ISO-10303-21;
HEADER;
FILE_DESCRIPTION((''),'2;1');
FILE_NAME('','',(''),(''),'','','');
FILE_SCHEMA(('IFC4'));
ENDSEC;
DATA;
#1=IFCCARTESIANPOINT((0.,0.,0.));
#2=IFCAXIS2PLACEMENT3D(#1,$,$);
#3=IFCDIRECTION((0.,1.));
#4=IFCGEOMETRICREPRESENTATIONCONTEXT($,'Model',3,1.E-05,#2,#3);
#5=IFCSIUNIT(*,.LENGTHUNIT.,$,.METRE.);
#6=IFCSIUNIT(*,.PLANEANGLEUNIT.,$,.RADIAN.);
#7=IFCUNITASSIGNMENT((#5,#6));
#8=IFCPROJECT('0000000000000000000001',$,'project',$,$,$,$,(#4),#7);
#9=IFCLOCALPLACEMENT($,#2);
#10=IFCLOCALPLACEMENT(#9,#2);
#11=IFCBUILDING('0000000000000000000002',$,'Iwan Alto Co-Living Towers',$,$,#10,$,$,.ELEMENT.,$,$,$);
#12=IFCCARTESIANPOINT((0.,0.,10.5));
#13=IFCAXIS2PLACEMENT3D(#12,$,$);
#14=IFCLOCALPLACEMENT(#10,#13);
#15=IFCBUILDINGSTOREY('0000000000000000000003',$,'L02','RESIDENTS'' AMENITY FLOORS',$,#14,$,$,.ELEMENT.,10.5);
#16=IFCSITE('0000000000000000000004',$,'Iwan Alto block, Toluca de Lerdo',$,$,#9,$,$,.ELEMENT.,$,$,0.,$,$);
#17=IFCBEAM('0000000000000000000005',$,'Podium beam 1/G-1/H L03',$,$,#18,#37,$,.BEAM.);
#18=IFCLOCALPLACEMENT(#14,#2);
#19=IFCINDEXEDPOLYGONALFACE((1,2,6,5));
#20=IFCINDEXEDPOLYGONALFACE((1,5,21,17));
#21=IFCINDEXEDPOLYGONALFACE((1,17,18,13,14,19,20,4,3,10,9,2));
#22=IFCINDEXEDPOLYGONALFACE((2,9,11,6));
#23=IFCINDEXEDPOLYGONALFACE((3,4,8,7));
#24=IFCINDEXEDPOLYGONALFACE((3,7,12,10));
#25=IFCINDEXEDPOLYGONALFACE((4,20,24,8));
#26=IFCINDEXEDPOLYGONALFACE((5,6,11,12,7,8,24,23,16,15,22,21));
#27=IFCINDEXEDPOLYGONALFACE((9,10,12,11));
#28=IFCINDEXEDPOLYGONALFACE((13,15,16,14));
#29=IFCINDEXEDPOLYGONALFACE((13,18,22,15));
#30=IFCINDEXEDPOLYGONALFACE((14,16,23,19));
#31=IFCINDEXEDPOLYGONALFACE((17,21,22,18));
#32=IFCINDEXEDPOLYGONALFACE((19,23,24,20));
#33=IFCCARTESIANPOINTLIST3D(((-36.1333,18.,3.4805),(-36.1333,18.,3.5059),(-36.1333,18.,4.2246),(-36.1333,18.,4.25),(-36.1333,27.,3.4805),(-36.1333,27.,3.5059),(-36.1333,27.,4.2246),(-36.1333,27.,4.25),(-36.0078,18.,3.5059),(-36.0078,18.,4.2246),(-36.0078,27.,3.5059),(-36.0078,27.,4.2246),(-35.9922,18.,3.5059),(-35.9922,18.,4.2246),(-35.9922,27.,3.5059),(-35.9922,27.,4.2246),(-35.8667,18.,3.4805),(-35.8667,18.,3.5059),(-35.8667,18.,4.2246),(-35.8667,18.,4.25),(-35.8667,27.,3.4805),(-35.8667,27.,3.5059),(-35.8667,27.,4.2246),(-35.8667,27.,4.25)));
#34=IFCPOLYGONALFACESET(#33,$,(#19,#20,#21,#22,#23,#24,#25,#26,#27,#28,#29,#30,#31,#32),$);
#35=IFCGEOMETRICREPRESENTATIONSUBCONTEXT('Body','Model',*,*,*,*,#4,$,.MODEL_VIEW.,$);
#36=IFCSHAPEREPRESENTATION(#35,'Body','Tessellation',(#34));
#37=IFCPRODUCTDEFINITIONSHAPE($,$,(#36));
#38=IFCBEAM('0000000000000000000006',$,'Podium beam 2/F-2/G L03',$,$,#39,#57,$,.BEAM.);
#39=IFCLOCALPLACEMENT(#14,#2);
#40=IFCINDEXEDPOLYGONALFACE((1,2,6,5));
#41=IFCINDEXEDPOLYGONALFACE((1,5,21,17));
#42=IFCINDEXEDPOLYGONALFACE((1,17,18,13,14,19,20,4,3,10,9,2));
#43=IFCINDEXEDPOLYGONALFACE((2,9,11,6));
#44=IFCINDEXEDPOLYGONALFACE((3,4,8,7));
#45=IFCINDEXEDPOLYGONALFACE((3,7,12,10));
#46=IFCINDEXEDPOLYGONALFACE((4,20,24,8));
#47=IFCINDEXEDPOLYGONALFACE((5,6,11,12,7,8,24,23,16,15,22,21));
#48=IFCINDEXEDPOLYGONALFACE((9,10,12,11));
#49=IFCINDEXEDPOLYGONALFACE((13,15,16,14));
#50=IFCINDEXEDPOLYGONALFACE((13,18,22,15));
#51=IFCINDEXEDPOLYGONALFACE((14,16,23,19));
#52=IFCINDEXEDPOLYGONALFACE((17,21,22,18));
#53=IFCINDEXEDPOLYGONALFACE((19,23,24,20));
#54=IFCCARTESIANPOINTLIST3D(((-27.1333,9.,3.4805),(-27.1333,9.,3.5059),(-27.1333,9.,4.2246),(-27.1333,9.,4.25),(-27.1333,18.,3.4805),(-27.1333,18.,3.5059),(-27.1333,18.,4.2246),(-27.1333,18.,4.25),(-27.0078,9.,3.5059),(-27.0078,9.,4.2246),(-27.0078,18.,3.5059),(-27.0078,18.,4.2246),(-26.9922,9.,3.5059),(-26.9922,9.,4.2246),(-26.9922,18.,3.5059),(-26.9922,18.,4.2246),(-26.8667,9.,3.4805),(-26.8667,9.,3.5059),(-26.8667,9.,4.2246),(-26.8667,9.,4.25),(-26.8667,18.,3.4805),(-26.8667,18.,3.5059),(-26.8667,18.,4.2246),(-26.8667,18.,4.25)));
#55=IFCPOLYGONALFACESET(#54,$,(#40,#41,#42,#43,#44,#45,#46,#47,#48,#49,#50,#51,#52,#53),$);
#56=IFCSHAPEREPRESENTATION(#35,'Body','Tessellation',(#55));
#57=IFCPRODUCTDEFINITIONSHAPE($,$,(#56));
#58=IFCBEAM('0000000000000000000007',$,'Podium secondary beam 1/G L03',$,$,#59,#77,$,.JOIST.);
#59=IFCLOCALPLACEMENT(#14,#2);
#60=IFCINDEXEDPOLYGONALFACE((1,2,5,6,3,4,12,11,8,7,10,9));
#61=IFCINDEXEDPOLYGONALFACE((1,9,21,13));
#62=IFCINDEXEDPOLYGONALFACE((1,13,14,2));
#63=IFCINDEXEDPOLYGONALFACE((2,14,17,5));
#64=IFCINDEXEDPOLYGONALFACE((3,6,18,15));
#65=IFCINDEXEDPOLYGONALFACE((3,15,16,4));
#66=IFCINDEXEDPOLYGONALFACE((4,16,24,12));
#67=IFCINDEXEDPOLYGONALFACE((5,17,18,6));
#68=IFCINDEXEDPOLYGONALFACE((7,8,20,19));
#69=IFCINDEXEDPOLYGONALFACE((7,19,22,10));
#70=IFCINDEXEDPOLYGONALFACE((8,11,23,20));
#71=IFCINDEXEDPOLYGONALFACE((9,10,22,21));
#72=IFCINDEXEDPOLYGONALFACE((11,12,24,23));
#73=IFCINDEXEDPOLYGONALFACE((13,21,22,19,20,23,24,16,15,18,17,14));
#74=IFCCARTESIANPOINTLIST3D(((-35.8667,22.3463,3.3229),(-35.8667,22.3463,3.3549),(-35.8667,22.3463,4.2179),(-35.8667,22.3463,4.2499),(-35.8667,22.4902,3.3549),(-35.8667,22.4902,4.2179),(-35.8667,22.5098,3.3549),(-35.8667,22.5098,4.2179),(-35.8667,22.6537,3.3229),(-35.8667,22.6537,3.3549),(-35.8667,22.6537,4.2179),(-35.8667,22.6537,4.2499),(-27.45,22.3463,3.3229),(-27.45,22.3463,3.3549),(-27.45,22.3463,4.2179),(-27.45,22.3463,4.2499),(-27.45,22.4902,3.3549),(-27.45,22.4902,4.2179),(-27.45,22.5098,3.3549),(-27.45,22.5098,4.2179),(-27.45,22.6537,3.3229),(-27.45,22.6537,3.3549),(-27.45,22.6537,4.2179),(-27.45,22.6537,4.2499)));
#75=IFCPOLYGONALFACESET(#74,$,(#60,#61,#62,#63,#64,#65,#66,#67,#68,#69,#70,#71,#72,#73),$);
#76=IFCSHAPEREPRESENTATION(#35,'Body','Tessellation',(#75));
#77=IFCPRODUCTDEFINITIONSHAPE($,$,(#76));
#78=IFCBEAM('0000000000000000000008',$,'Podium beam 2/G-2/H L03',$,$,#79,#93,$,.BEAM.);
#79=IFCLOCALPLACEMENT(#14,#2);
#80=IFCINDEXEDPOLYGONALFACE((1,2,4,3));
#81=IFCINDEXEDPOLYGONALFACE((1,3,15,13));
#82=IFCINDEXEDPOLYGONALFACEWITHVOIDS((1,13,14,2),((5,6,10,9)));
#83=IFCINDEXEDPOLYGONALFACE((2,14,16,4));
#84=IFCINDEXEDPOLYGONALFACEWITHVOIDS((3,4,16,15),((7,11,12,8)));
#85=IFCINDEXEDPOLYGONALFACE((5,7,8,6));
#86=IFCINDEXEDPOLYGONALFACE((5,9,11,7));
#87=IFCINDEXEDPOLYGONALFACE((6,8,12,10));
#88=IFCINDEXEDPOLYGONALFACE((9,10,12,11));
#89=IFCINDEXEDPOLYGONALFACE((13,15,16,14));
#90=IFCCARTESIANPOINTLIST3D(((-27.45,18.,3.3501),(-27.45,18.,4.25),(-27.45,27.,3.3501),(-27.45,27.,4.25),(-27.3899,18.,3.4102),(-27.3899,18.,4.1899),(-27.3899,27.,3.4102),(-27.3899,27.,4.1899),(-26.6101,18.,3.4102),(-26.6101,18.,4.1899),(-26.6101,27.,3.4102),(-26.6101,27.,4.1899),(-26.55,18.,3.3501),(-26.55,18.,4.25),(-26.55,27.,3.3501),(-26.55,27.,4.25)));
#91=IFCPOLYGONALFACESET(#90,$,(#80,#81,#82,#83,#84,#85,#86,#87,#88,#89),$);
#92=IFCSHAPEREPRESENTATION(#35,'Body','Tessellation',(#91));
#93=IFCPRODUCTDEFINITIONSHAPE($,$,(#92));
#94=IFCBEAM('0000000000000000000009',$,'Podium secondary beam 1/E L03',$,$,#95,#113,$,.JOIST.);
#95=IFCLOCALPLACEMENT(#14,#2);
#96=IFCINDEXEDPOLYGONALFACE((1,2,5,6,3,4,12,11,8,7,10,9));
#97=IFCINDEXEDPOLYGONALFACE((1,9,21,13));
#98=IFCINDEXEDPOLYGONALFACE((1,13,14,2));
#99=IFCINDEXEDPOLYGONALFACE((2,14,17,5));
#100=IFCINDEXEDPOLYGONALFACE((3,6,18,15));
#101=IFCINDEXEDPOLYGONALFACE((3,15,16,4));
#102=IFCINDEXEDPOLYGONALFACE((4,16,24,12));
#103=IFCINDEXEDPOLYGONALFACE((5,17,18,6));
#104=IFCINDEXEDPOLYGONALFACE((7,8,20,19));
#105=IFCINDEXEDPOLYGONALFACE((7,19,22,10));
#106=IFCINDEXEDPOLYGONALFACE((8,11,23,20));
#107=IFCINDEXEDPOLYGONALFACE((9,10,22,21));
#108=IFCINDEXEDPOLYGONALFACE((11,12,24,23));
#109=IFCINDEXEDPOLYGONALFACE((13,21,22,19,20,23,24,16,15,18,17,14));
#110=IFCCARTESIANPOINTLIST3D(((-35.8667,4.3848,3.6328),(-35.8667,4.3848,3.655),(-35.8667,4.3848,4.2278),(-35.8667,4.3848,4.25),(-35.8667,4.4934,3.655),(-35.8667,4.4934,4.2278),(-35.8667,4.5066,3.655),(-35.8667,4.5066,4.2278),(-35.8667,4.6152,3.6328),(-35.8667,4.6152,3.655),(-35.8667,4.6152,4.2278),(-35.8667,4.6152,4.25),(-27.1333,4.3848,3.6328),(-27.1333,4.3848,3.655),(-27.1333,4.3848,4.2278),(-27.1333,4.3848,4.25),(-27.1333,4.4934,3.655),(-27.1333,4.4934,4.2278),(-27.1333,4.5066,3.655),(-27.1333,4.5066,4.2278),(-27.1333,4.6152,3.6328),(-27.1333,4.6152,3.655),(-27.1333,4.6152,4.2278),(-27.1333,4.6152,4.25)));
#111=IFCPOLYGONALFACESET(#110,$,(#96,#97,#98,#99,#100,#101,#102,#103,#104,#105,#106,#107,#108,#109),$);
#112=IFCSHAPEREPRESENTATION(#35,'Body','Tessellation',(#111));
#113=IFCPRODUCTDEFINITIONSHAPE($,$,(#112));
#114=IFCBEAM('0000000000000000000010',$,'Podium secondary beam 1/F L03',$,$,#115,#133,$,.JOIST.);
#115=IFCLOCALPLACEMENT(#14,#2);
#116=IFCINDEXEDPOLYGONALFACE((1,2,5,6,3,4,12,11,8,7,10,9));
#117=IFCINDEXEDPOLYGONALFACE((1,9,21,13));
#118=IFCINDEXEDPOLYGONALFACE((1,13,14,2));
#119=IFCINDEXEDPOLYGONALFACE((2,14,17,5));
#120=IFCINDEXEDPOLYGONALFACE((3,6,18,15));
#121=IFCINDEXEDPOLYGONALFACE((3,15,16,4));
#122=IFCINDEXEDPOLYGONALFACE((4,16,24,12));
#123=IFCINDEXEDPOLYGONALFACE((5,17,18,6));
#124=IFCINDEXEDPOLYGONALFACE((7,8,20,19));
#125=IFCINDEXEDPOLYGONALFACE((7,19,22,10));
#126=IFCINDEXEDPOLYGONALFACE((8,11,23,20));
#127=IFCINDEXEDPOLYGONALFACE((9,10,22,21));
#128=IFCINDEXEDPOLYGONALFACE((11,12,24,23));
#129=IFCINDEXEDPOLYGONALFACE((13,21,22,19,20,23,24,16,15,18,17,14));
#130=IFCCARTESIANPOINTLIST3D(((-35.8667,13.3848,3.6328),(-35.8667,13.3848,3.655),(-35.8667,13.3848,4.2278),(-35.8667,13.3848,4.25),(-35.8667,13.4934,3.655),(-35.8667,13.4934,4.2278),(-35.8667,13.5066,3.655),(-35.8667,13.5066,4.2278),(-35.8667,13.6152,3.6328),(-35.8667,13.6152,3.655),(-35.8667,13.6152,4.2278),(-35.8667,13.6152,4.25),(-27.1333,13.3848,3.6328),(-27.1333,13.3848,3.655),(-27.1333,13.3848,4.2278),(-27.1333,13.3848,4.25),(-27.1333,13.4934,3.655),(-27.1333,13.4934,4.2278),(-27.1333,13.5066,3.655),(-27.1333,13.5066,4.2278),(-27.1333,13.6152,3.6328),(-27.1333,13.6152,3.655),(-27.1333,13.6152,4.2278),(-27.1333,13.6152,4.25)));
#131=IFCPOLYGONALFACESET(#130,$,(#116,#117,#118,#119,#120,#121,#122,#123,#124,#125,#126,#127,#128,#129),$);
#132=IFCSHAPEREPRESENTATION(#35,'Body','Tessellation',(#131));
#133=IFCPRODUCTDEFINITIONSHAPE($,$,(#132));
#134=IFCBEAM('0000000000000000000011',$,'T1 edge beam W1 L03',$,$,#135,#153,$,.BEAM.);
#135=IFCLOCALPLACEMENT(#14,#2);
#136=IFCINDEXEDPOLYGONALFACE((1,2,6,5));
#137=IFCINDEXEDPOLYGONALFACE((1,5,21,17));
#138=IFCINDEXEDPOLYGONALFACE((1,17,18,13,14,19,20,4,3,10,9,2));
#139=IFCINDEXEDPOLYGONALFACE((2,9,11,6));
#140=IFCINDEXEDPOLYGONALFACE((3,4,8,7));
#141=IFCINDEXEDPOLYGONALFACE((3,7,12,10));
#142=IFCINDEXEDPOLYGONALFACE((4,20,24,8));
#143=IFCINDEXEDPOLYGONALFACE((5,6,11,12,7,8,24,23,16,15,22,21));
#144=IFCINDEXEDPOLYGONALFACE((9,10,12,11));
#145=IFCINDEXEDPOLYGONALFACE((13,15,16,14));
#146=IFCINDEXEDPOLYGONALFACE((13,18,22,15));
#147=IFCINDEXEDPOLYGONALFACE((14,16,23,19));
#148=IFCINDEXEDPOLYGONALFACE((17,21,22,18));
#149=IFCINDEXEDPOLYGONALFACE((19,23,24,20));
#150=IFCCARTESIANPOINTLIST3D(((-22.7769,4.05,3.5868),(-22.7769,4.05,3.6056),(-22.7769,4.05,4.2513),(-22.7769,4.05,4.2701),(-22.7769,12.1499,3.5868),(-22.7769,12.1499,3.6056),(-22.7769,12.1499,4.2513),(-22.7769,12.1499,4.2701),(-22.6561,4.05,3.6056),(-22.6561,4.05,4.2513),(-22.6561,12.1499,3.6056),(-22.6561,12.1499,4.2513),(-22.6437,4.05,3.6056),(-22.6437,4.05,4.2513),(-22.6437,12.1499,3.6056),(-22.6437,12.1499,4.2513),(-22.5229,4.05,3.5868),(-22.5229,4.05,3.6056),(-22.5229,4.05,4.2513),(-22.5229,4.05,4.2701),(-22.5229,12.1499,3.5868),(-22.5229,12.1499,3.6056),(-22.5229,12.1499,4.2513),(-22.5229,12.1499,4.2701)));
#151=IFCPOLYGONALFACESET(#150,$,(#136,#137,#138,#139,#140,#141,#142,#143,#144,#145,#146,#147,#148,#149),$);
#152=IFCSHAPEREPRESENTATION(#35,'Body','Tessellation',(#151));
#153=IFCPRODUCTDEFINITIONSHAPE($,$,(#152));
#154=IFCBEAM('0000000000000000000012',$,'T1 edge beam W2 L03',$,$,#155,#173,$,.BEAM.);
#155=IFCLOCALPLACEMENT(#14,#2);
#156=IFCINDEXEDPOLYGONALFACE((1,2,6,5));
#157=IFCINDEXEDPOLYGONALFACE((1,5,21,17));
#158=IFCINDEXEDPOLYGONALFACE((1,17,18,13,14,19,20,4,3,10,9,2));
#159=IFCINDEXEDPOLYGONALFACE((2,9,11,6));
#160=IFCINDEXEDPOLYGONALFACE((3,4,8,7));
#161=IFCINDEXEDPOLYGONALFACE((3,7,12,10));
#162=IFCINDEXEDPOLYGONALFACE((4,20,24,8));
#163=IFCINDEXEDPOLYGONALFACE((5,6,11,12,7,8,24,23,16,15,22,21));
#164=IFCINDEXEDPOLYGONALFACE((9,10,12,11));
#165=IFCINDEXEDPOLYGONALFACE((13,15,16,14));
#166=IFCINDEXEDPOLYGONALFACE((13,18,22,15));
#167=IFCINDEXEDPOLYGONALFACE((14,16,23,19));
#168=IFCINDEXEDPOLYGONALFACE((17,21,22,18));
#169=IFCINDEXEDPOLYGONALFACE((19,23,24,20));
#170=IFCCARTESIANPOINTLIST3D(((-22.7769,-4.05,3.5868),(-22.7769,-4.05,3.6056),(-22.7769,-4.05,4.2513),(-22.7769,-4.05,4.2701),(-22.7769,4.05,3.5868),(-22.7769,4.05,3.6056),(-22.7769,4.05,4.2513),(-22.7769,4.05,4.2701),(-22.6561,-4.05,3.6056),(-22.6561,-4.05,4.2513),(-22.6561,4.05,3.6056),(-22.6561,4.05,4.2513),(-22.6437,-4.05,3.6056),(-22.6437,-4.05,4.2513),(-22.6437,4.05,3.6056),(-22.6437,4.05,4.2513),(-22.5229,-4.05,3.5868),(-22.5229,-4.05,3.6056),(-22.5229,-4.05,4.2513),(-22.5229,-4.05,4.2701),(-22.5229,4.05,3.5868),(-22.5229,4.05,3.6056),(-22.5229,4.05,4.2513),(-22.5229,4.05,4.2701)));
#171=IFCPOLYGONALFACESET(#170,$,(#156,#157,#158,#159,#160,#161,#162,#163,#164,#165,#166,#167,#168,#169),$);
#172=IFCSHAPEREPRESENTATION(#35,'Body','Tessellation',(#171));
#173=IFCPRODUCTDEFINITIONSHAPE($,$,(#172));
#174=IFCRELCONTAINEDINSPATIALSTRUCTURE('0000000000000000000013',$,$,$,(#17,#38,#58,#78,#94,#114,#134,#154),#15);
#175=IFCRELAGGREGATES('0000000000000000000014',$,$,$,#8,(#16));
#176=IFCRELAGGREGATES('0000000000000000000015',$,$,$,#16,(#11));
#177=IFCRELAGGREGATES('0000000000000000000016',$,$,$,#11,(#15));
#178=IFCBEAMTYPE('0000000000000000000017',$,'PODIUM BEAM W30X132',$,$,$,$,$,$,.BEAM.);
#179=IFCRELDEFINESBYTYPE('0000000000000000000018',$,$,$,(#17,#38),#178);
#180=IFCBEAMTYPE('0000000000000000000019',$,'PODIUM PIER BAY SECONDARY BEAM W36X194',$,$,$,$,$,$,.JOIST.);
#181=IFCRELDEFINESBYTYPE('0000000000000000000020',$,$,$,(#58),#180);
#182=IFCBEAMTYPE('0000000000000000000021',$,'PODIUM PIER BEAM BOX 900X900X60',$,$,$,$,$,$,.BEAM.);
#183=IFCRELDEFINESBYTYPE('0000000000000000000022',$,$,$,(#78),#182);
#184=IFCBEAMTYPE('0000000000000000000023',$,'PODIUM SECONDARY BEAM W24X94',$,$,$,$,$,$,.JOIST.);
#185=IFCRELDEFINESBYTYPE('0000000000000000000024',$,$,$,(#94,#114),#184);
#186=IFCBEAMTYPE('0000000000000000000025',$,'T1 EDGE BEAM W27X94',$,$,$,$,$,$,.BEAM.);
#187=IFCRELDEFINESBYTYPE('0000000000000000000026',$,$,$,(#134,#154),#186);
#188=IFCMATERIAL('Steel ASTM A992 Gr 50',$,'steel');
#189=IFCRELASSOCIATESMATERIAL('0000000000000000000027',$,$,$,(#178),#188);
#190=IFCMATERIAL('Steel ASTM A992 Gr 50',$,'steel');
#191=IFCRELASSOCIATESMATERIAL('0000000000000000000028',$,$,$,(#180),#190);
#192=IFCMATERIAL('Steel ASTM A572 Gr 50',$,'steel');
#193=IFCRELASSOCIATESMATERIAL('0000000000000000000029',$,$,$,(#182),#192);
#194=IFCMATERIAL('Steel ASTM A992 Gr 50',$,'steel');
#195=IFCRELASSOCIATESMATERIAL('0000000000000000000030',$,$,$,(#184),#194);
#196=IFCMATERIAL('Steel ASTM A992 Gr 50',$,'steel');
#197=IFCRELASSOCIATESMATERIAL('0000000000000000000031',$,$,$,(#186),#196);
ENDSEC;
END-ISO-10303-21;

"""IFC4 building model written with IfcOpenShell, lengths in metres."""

from ifc_helpers import new_model, si_unit, direction, frame, origin, origin_2d, place, context, subcontext, project, spatial, hollow_rectangle, i_section, extrude, material, material_profile, profile_set, type_object, element, save


model = new_model("IFC4")

# Units and contexts
model_context = context("Model", 3, precision=1e-05, world=origin(), true_north=direction((0.0, 1.0)))
body_context = subcontext(model_context, "Body", "Model", "MODEL_VIEW")
ifc_project = project(units=[si_unit("LENGTHUNIT", "METRE"), si_unit("PLANEANGLEUNIT", "RADIAN")], contexts=[model_context])

# Site, building, storey
site_placement = place(None, origin())
site = spatial("IfcSite", under=ifc_project, at=site_placement, Name="Iwan Alto block, Toluca de Lerdo", CompositionType="ELEMENT", RefElevation=0.0)
building_placement = place(site_placement, origin())
building = spatial("IfcBuilding", under=site, at=building_placement, Name="Iwan Alto Co-Living Towers", CompositionType="ELEMENT")
storey_placement = place(building_placement, frame((0.0, 0.0, 10.5)))
storey = spatial("IfcBuildingStorey", under=building, at=storey_placement, Name="L02", Description="RESIDENTS' AMENITY FLOORS", CompositionType="ELEMENT", Elevation=10.5)

# Beams
ifc_material_1 = material(Name="Steel ASTM A992 Gr 50", Category="steel")
ifc_material_profile_1 = material_profile(ifc_material_1, i_section(OverallWidth=0.2666, OverallDepth=0.7695, WebThickness=0.0156, FlangeThickness=0.0254, at=origin_2d()), Name="W30X132")
ifc_profile_set_1 = profile_set([ifc_material_profile_1], Name="Steel ASTM A992 Gr 50")
beam_type_1 = type_object("IfcBeamType", Name="PODIUM BEAM W30X132", PredefinedType="BEAM", material=ifc_profile_set_1)
for number, where, z_axis, x_axis, name in (
    (1, (-36.0, 18.0, 3.8652), (0.0, 1.0, 0.0), (-1.0, 0.0, 0.0), "Podium beam 1/G-1/H L03"),
    (2, (-27.0, 9.0, 3.8652), (0.0, 1.0, 0.0), (-1.0, 0.0, 0.0), "Podium beam 2/F-2/G L03"),
):
    element("IfcBeam", number, at=place(storey_placement, frame(where, z_axis=z_axis, x_axis=x_axis)), inside=storey, type_object=beam_type_1, Name=name, PredefinedType="BEAM", context=body_context, shape_type="SweptSolid", body=[
        extrude(i_section(OverallWidth=0.2666, OverallDepth=0.7695, WebThickness=0.0156, FlangeThickness=0.0254, at=origin_2d()), origin(), (0.0, 0.0, 1.0), 9.0),
    ])
ifc_material_2 = material(Name="Steel ASTM A992 Gr 50", Category="steel")
ifc_material_profile_2 = material_profile(ifc_material_2, i_section(OverallWidth=0.3074, OverallDepth=0.927, WebThickness=0.0195, FlangeThickness=0.032, at=origin_2d()), Name="W36X194")
ifc_profile_set_2 = profile_set([ifc_material_profile_2], Name="Steel ASTM A992 Gr 50")
beam_type_2 = type_object("IfcBeamType", Name="PODIUM PIER BAY SECONDARY BEAM W36X194", PredefinedType="JOIST", material=ifc_profile_set_2)
beam_1_placement = place(storey_placement, frame((-35.8667, 22.5, 3.7864), z_axis=(1.0, 0.0, 0.0), x_axis=(0.0, 1.0, 0.0)))
element("IfcBeam", 3, at=beam_1_placement, inside=storey, type_object=beam_type_2, Name="Podium secondary beam 1/G L03", PredefinedType="JOIST", context=body_context, shape_type="SweptSolid", body=[
    extrude(i_section(OverallWidth=0.3074, OverallDepth=0.927, WebThickness=0.0195, FlangeThickness=0.032, at=origin_2d()), origin(), (0.0, 0.0, 1.0), 8.4167),
])
ifc_material_3 = material(Name="Steel ASTM A572 Gr 50", Category="steel")
ifc_material_profile_3 = material_profile(ifc_material_3, hollow_rectangle(XDim=0.8999, YDim=0.8999, WallThickness=0.0601, at=origin_2d()), Name="BOX 900X900X60")
ifc_profile_set_3 = profile_set([ifc_material_profile_3], Name="Steel ASTM A572 Gr 50")
beam_type_3 = type_object("IfcBeamType", Name="PODIUM PIER BEAM BOX 900X900X60", PredefinedType="BEAM", material=ifc_profile_set_3)
beam_2_placement = place(storey_placement, frame((-27.0, 18.0, 3.8), z_axis=(0.0, 1.0, 0.0), x_axis=(-1.0, 0.0, 0.0)))
element("IfcBeam", 4, at=beam_2_placement, inside=storey, type_object=beam_type_3, Name="Podium beam 2/G-2/H L03", PredefinedType="BEAM", context=body_context, shape_type="SweptSolid", body=[
    extrude(hollow_rectangle(XDim=0.8999, YDim=0.8999, WallThickness=0.0601, at=origin_2d()), origin(), (0.0, 0.0, 1.0), 9.0),
])
ifc_material_4 = material(Name="Steel ASTM A992 Gr 50", Category="steel")
ifc_material_profile_4 = material_profile(ifc_material_4, i_section(OverallWidth=0.2305, OverallDepth=0.6172, WebThickness=0.0132, FlangeThickness=0.0222, at=origin_2d()), Name="W24X94")
ifc_profile_set_4 = profile_set([ifc_material_profile_4], Name="Steel ASTM A992 Gr 50")
beam_type_4 = type_object("IfcBeamType", Name="PODIUM SECONDARY BEAM W24X94", PredefinedType="JOIST", material=ifc_profile_set_4)
for number, where, z_axis, x_axis, name in (
    (5, (-35.8667, 4.5, 3.9414), (1.0, 0.0, 0.0), (0.0, 1.0, 0.0), "Podium secondary beam 1/E L03"),
    (6, (-35.8667, 13.5, 3.9414), (1.0, 0.0, 0.0), (0.0, 1.0, 0.0), "Podium secondary beam 1/F L03"),
):
    element("IfcBeam", number, at=place(storey_placement, frame(where, z_axis=z_axis, x_axis=x_axis)), inside=storey, type_object=beam_type_4, Name=name, PredefinedType="JOIST", context=body_context, shape_type="SweptSolid", body=[
        extrude(i_section(OverallWidth=0.2305, OverallDepth=0.6172, WebThickness=0.0132, FlangeThickness=0.0222, at=origin_2d()), origin(), (0.0, 0.0, 1.0), 8.7334),
    ])
ifc_material_5 = material(Name="Steel ASTM A992 Gr 50", Category="steel")
ifc_material_profile_5 = material_profile(ifc_material_5, i_section(OverallWidth=0.2539, OverallDepth=0.6833, WebThickness=0.0125, FlangeThickness=0.0188, at=origin_2d()), Name="W27X94")
ifc_profile_set_5 = profile_set([ifc_material_profile_5], Name="Steel ASTM A992 Gr 50")
beam_type_5 = type_object("IfcBeamType", Name="T1 EDGE BEAM W27X94", PredefinedType="BEAM", material=ifc_profile_set_5)
beam_3_placement = place(storey_placement, frame((-22.6499, 12.1499, 3.9285), z_axis=(0.0, -1.0, 0.0), x_axis=(1.0, 0.0, 0.0)))
element("IfcBeam", 7, at=beam_3_placement, inside=storey, type_object=beam_type_5, Name="T1 edge beam W1 L03", PredefinedType="BEAM", context=body_context, shape_type="SweptSolid", body=[
    extrude(i_section(OverallWidth=0.2539, OverallDepth=0.6833, WebThickness=0.0125, FlangeThickness=0.0188, at=origin_2d()), origin(), (0.0, 0.0, 1.0), 8.0999),
])
beam_4_placement = place(storey_placement, frame((-22.6499, 4.05, 3.9285), z_axis=(0.0, -1.0, 0.0), x_axis=(1.0, 0.0, 0.0)))
element("IfcBeam", 8, at=beam_4_placement, inside=storey, type_object=beam_type_5, Name="T1 edge beam W2 L03", PredefinedType="BEAM", context=body_context, shape_type="SweptSolid", body=[
    extrude(i_section(OverallWidth=0.2539, OverallDepth=0.6833, WebThickness=0.0125, FlangeThickness=0.0188, at=origin_2d()), origin(), (0.0, 0.0, 1.0), 8.1001),
])

save(model, "model.ifc")
